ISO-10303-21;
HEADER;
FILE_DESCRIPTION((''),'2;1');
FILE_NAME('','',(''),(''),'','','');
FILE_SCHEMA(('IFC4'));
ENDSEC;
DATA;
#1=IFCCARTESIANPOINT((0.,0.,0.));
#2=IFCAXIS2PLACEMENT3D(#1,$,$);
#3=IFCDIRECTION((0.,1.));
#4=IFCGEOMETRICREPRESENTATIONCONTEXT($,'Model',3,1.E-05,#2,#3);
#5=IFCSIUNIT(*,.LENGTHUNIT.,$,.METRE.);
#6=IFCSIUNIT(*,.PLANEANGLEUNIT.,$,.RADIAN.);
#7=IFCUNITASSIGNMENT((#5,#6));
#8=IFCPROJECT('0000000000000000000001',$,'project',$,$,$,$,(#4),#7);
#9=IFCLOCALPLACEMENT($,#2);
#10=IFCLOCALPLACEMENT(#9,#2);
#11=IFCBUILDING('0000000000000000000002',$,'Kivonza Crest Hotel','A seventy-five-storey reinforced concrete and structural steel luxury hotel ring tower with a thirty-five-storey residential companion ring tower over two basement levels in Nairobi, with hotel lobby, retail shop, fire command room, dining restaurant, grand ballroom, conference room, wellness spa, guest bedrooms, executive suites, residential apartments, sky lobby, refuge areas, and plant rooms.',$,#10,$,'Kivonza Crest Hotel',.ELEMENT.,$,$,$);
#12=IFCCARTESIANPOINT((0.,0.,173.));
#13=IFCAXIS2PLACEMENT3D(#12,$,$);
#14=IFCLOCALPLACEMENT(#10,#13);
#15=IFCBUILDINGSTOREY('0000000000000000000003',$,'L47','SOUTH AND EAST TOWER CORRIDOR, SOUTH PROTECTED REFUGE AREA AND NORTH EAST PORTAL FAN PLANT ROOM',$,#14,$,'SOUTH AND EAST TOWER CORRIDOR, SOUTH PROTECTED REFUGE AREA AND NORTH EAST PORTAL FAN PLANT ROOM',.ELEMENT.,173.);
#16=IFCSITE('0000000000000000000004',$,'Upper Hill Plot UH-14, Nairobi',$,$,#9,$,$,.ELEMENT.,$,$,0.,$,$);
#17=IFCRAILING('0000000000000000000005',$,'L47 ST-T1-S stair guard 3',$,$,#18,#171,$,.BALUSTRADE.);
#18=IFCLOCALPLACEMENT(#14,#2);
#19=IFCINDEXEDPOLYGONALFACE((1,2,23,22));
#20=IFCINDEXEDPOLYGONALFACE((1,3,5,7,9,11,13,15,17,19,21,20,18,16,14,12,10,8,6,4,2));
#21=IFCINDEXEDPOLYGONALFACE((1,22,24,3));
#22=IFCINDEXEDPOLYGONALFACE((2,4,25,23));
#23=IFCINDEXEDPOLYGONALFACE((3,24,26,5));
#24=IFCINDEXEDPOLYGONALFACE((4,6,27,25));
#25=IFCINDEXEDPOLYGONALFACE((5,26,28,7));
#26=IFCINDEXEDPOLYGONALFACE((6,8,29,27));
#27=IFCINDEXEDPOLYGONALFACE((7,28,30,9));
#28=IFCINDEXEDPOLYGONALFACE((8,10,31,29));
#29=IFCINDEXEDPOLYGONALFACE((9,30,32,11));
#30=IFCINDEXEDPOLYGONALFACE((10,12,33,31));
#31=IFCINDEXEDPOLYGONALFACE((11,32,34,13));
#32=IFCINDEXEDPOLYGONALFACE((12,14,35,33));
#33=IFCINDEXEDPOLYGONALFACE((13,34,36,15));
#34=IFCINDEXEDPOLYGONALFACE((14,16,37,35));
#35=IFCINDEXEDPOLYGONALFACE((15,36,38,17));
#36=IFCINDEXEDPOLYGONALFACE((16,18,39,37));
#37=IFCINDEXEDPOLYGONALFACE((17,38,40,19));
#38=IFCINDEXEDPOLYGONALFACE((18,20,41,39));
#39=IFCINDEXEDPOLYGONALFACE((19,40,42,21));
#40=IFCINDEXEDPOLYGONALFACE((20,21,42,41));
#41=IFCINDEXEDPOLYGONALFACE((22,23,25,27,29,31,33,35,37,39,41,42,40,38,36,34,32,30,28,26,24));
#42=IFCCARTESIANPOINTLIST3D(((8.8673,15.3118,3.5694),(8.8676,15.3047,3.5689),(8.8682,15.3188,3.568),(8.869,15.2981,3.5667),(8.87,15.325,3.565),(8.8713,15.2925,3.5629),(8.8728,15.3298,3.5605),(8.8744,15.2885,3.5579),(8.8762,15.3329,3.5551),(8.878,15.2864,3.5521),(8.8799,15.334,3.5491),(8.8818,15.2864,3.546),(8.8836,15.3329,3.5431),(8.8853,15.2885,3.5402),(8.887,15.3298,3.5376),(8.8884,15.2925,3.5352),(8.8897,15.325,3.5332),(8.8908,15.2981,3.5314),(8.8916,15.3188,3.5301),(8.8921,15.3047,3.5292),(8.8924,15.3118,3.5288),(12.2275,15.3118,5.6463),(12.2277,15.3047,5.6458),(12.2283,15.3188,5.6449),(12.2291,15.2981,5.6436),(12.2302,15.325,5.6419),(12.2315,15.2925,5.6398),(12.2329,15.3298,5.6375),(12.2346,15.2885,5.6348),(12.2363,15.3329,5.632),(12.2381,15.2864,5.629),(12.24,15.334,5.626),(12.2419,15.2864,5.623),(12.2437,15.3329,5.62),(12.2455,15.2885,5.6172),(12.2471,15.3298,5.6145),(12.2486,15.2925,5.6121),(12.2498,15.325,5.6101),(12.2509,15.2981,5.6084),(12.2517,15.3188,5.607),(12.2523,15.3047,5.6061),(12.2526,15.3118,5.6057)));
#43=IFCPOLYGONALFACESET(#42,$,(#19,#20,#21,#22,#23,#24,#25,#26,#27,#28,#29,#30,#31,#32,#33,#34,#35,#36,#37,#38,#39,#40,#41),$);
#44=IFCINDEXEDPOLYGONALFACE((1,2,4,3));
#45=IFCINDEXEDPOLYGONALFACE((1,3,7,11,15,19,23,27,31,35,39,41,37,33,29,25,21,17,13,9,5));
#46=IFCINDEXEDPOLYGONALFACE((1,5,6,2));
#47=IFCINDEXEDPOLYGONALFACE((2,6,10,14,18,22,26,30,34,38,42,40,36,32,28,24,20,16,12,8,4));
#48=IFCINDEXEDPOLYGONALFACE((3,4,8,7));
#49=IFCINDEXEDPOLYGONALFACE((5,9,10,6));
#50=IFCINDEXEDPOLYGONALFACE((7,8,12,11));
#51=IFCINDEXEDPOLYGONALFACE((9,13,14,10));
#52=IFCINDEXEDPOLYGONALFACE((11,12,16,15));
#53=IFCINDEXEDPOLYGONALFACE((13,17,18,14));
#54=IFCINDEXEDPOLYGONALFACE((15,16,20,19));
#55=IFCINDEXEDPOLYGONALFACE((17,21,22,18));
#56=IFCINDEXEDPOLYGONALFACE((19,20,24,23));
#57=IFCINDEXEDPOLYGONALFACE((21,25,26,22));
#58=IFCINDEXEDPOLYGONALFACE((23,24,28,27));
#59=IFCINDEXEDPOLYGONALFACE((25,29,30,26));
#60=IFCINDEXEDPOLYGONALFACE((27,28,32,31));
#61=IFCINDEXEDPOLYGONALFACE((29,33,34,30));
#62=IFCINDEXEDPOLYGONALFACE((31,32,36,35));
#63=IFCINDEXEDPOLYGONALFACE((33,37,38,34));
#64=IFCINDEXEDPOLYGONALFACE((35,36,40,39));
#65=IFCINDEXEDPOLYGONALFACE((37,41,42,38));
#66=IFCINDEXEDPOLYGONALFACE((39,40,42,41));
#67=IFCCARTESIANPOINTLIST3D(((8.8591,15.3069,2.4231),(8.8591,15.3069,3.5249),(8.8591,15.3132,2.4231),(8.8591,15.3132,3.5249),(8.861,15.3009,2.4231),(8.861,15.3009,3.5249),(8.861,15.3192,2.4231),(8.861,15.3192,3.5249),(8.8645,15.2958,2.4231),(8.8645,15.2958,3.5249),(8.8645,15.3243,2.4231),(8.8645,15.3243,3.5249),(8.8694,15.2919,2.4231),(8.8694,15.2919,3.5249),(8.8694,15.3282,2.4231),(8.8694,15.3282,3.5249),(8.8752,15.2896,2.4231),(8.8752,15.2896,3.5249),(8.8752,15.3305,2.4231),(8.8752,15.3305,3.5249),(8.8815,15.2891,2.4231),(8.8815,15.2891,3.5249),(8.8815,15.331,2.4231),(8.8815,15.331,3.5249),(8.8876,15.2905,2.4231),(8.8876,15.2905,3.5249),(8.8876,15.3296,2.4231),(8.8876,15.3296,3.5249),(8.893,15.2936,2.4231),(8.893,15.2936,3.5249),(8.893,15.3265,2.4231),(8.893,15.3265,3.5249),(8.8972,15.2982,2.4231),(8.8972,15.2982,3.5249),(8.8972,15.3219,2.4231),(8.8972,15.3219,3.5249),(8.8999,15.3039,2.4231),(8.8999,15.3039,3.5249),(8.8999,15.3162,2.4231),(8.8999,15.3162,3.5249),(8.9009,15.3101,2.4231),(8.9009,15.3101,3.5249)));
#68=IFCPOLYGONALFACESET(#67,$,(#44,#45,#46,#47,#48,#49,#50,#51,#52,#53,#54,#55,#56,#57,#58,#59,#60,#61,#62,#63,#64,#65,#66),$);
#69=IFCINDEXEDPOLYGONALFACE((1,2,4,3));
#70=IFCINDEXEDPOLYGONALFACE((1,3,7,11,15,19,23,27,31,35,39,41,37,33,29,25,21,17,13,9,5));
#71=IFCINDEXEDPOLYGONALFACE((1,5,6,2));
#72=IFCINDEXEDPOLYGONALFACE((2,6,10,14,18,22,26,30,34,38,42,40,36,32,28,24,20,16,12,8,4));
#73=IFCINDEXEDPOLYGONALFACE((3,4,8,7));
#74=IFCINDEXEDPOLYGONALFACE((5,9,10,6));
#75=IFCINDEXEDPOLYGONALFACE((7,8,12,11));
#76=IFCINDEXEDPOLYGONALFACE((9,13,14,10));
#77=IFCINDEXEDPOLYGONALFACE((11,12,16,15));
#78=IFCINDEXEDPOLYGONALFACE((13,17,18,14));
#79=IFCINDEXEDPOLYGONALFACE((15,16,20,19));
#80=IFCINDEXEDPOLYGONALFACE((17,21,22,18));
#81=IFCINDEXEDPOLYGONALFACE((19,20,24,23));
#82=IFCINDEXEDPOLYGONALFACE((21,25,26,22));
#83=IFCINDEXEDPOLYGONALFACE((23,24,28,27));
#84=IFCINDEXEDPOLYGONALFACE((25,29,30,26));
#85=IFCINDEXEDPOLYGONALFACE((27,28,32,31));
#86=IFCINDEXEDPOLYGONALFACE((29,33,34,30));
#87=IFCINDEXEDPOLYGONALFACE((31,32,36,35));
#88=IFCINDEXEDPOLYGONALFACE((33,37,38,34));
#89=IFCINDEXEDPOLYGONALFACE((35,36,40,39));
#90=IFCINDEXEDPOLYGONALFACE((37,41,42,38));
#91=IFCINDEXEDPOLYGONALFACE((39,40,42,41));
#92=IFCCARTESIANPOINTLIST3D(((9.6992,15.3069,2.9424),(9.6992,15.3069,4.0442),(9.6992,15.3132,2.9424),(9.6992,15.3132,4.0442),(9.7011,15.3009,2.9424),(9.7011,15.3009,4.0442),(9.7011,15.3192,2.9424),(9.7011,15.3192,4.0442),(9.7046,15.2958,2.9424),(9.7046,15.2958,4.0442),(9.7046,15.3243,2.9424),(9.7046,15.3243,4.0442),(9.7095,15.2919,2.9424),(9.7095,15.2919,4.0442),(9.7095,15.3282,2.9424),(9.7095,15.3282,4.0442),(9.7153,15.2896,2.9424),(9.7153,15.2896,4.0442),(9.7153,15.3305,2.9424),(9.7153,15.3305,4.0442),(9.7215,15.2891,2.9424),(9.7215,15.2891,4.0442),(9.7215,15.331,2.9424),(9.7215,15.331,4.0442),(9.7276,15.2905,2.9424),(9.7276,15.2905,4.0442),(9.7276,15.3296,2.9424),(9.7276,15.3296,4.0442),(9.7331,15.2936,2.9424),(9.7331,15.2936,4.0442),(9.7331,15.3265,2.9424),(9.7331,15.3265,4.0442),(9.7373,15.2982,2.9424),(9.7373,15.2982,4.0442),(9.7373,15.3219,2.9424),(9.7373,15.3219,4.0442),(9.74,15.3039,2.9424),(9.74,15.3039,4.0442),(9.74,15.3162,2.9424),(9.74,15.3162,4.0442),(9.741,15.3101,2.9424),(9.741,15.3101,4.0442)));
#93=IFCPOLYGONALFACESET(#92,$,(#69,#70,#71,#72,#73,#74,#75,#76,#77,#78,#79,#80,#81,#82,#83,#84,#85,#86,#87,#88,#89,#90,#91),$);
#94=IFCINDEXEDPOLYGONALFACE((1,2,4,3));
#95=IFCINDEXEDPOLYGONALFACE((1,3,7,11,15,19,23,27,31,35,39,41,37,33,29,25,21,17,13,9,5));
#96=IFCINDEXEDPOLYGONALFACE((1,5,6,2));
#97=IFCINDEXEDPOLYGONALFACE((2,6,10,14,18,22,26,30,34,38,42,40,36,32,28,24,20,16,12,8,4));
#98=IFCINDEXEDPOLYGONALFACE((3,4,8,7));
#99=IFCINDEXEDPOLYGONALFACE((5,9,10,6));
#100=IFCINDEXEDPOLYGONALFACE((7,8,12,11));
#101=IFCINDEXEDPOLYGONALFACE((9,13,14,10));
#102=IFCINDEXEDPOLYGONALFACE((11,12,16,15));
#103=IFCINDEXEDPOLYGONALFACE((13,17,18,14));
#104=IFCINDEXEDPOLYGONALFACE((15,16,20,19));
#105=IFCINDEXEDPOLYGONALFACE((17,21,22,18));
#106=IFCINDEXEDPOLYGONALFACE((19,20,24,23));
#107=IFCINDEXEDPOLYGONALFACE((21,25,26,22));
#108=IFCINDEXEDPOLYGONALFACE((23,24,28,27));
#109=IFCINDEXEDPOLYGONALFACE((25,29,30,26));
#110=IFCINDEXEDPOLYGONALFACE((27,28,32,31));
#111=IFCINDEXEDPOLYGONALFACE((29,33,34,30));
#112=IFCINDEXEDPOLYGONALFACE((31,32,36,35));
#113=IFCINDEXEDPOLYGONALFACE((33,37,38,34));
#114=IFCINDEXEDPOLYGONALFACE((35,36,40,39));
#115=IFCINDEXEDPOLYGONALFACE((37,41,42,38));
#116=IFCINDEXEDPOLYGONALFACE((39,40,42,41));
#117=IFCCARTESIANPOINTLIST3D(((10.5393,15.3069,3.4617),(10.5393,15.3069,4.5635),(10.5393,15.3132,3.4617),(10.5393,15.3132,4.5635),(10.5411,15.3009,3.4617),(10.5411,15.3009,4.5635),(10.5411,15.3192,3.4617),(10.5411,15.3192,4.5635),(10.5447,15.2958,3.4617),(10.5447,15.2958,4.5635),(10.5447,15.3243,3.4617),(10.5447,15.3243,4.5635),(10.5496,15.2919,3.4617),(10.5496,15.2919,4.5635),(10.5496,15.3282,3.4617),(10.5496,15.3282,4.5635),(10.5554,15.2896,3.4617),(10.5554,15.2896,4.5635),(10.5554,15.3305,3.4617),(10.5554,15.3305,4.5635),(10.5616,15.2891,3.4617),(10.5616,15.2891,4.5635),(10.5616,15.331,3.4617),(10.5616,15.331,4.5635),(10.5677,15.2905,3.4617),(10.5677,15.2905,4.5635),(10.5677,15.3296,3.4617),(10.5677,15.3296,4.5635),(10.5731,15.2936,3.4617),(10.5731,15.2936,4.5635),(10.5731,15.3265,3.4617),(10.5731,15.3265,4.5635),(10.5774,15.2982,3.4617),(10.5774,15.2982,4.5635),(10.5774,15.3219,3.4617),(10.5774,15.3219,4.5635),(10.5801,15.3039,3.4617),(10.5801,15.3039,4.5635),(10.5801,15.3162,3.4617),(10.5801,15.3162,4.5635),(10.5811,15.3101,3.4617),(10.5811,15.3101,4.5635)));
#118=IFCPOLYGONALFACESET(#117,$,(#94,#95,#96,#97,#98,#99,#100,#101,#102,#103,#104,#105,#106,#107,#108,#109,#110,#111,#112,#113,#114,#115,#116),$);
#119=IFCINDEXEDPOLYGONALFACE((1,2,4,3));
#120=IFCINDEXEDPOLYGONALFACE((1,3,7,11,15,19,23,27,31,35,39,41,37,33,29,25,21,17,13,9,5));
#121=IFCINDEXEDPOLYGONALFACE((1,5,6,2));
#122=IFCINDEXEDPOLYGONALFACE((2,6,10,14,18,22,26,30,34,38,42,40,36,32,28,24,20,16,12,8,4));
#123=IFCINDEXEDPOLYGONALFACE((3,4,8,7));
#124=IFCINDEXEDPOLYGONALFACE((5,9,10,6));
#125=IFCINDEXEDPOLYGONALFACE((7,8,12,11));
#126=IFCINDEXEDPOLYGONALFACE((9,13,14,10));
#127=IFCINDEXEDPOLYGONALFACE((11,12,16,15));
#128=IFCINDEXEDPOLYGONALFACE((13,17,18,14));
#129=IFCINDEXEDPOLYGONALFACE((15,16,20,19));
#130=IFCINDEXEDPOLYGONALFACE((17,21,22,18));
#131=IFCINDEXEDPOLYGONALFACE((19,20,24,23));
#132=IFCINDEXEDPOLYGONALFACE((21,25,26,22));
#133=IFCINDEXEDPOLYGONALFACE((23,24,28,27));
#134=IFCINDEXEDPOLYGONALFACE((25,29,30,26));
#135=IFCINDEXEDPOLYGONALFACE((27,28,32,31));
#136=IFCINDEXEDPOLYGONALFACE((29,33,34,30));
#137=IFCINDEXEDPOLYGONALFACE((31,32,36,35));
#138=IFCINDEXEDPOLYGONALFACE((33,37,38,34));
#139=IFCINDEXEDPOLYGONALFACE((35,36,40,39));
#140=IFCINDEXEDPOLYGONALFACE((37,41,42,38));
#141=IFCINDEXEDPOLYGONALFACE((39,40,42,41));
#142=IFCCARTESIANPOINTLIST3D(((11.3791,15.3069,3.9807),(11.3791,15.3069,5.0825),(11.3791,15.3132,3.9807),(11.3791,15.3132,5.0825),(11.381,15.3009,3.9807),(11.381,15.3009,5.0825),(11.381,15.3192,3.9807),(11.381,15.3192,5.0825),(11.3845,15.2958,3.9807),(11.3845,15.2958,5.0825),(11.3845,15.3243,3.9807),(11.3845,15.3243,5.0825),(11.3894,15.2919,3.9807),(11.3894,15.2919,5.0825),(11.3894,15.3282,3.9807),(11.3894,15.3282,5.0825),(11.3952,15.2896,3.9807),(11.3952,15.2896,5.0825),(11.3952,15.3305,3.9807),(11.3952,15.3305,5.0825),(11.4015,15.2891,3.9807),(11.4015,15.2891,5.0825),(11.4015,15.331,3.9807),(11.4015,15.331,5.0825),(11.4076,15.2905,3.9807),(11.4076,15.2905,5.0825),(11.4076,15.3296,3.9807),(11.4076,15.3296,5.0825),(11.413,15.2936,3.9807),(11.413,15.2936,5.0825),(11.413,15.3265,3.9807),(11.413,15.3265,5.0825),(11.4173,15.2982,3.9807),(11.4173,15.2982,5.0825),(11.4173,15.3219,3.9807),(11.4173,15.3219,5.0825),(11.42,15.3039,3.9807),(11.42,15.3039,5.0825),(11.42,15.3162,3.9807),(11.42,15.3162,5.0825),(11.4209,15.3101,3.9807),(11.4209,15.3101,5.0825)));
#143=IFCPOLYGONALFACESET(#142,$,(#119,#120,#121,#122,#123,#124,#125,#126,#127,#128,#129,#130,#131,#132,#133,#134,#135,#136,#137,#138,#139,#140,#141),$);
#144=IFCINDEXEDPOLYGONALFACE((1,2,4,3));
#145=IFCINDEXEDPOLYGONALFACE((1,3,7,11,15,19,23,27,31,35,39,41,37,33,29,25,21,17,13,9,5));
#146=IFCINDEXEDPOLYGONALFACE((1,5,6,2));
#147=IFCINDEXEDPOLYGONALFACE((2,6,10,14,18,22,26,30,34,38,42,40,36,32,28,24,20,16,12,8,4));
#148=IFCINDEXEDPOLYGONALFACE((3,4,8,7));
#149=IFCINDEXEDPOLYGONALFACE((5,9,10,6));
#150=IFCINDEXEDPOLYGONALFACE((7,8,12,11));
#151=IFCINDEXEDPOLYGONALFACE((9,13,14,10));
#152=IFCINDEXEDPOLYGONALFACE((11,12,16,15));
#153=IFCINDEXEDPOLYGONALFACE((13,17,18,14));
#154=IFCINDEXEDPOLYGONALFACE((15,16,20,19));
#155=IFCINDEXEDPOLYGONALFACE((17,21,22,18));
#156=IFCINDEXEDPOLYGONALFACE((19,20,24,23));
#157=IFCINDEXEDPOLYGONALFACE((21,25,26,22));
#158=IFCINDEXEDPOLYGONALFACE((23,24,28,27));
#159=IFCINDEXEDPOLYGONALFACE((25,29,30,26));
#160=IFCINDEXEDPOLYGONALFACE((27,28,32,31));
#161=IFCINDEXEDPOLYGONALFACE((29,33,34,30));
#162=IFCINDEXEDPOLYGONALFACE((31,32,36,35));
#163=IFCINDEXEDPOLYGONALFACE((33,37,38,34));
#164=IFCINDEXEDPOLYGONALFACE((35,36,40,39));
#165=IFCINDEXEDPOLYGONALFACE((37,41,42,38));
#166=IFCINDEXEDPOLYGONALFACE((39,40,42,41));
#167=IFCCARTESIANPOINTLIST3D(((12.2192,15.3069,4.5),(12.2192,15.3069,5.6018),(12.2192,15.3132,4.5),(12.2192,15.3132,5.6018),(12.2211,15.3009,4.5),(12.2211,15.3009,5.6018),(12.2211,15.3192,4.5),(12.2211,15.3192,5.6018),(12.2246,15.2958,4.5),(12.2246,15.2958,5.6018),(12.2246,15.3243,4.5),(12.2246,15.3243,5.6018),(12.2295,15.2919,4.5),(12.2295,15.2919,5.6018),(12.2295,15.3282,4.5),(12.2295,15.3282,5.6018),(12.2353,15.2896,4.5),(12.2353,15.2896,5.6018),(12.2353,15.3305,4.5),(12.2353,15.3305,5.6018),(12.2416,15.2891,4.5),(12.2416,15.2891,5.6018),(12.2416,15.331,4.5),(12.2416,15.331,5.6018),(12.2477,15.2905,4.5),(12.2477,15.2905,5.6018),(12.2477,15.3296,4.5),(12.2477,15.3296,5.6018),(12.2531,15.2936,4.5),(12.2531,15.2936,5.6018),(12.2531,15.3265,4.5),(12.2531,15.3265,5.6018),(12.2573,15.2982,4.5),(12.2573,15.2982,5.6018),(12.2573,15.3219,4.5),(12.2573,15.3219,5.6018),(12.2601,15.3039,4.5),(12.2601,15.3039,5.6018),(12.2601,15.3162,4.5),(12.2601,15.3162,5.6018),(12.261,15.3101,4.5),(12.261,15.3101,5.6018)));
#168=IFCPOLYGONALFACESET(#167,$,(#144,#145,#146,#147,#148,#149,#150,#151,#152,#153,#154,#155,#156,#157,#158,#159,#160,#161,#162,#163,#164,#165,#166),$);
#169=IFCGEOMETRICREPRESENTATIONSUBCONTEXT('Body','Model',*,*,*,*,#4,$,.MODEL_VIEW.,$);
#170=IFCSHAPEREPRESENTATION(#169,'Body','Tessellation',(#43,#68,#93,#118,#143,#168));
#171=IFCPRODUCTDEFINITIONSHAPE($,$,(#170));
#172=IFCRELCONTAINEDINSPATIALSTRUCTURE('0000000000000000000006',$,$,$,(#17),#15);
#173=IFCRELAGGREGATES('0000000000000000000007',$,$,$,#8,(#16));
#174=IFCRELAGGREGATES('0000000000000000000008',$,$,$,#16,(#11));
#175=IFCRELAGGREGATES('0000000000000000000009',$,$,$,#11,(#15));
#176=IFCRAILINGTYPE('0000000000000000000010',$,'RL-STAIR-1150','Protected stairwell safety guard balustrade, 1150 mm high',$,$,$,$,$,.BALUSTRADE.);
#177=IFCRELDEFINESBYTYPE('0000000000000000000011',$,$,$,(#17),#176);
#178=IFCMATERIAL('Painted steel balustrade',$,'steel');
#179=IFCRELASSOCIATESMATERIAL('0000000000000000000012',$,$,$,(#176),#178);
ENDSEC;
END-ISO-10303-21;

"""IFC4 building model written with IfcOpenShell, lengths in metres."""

from ifc_helpers import new_model, si_unit, direction, frame, origin, origin_2d, place, context, subcontext, project, spatial, circle, extrude, material, type_object, element, save


model = new_model("IFC4")

# Units and contexts
model_context = context("Model", 3, precision=1e-05, world=origin(), true_north=direction((0.0, 1.0)))
body_context = subcontext(model_context, "Body", "Model", "MODEL_VIEW")
ifc_project = project(units=[si_unit("LENGTHUNIT", "METRE"), si_unit("PLANEANGLEUNIT", "RADIAN")], contexts=[model_context])

# Site, building, storey
site_placement = place(None, origin())
site = spatial("IfcSite", under=ifc_project, at=site_placement, Name="Upper Hill Plot UH-14, Nairobi", CompositionType="ELEMENT", RefElevation=0.0)
building_placement = place(site_placement, origin())
building = spatial("IfcBuilding", under=site, at=building_placement, Name="Kivonza Crest Hotel", Description="A seventy-five-storey reinforced concrete and structural steel luxury hotel ring tower with a thirty-five-storey residential companion ring tower over two basement levels in Nairobi, with hotel lobby, retail shop, fire command room, dining restaurant, grand ballroom, conference room, wellness spa, guest bedrooms, executive suites, residential apartments, sky lobby, refuge areas, and plant rooms.", LongName="Kivonza Crest Hotel", CompositionType="ELEMENT")
storey_placement = place(building_placement, frame((0.0, 0.0, 173.0)))
storey = spatial("IfcBuildingStorey", under=building, at=storey_placement, Name="L47", Description="SOUTH AND EAST TOWER CORRIDOR, SOUTH PROTECTED REFUGE AREA AND NORTH EAST PORTAL FAN PLANT ROOM", LongName="SOUTH AND EAST TOWER CORRIDOR, SOUTH PROTECTED REFUGE AREA AND NORTH EAST PORTAL FAN PLANT ROOM", CompositionType="ELEMENT", Elevation=173.0)

# Railing
ifc_material_1 = material(Name="Painted steel balustrade", Category="steel")
railing_type_1 = type_object("IfcRailingType", Name="RL-STAIR-1150", Description="Protected stairwell safety guard balustrade, 1150 mm high", PredefinedType="BALUSTRADE", material=ifc_material_1)
railing_1_placement = place(storey_placement, frame((8.8799, 15.3101, 2.4231)))
element("IfcRailing", 1, at=railing_1_placement, inside=storey, type_object=railing_type_1, Name="L47 ST-T1-S stair guard 3", PredefinedType="BALUSTRADE", context=body_context, shape_type="SweptSolid", body=[
    extrude(circle(Radius=0.0239, at=origin_2d()), frame((0.0, 0.0, 1.126), z_axis=(0.850623, 0.0, 0.525776), x_axis=(0.0, 1.0, 0.0)), (0.0, 0.0, 1.0), 3.9502),
    extrude(circle(Radius=0.021, at=origin_2d()), origin(), (0.0, 0.0, 1.0), 1.1018),
    extrude(circle(Radius=0.021, at=origin_2d()), frame((0.8401, 0.0, 0.5193)), (0.0, 0.0, 1.0), 1.1018),
    extrude(circle(Radius=0.021, at=origin_2d()), frame((1.6802, 0.0, 1.0386)), (0.0, 0.0, 1.0), 1.1018),
    extrude(circle(Radius=0.021, at=origin_2d()), frame((2.52, 0.0, 1.5576)), (0.0, 0.0, 1.0), 1.1018),
    extrude(circle(Radius=0.021, at=origin_2d()), frame((3.3601, 0.0, 2.0769)), (0.0, 0.0, 1.0), 1.1018),
])

save(model, "model.ifc")
